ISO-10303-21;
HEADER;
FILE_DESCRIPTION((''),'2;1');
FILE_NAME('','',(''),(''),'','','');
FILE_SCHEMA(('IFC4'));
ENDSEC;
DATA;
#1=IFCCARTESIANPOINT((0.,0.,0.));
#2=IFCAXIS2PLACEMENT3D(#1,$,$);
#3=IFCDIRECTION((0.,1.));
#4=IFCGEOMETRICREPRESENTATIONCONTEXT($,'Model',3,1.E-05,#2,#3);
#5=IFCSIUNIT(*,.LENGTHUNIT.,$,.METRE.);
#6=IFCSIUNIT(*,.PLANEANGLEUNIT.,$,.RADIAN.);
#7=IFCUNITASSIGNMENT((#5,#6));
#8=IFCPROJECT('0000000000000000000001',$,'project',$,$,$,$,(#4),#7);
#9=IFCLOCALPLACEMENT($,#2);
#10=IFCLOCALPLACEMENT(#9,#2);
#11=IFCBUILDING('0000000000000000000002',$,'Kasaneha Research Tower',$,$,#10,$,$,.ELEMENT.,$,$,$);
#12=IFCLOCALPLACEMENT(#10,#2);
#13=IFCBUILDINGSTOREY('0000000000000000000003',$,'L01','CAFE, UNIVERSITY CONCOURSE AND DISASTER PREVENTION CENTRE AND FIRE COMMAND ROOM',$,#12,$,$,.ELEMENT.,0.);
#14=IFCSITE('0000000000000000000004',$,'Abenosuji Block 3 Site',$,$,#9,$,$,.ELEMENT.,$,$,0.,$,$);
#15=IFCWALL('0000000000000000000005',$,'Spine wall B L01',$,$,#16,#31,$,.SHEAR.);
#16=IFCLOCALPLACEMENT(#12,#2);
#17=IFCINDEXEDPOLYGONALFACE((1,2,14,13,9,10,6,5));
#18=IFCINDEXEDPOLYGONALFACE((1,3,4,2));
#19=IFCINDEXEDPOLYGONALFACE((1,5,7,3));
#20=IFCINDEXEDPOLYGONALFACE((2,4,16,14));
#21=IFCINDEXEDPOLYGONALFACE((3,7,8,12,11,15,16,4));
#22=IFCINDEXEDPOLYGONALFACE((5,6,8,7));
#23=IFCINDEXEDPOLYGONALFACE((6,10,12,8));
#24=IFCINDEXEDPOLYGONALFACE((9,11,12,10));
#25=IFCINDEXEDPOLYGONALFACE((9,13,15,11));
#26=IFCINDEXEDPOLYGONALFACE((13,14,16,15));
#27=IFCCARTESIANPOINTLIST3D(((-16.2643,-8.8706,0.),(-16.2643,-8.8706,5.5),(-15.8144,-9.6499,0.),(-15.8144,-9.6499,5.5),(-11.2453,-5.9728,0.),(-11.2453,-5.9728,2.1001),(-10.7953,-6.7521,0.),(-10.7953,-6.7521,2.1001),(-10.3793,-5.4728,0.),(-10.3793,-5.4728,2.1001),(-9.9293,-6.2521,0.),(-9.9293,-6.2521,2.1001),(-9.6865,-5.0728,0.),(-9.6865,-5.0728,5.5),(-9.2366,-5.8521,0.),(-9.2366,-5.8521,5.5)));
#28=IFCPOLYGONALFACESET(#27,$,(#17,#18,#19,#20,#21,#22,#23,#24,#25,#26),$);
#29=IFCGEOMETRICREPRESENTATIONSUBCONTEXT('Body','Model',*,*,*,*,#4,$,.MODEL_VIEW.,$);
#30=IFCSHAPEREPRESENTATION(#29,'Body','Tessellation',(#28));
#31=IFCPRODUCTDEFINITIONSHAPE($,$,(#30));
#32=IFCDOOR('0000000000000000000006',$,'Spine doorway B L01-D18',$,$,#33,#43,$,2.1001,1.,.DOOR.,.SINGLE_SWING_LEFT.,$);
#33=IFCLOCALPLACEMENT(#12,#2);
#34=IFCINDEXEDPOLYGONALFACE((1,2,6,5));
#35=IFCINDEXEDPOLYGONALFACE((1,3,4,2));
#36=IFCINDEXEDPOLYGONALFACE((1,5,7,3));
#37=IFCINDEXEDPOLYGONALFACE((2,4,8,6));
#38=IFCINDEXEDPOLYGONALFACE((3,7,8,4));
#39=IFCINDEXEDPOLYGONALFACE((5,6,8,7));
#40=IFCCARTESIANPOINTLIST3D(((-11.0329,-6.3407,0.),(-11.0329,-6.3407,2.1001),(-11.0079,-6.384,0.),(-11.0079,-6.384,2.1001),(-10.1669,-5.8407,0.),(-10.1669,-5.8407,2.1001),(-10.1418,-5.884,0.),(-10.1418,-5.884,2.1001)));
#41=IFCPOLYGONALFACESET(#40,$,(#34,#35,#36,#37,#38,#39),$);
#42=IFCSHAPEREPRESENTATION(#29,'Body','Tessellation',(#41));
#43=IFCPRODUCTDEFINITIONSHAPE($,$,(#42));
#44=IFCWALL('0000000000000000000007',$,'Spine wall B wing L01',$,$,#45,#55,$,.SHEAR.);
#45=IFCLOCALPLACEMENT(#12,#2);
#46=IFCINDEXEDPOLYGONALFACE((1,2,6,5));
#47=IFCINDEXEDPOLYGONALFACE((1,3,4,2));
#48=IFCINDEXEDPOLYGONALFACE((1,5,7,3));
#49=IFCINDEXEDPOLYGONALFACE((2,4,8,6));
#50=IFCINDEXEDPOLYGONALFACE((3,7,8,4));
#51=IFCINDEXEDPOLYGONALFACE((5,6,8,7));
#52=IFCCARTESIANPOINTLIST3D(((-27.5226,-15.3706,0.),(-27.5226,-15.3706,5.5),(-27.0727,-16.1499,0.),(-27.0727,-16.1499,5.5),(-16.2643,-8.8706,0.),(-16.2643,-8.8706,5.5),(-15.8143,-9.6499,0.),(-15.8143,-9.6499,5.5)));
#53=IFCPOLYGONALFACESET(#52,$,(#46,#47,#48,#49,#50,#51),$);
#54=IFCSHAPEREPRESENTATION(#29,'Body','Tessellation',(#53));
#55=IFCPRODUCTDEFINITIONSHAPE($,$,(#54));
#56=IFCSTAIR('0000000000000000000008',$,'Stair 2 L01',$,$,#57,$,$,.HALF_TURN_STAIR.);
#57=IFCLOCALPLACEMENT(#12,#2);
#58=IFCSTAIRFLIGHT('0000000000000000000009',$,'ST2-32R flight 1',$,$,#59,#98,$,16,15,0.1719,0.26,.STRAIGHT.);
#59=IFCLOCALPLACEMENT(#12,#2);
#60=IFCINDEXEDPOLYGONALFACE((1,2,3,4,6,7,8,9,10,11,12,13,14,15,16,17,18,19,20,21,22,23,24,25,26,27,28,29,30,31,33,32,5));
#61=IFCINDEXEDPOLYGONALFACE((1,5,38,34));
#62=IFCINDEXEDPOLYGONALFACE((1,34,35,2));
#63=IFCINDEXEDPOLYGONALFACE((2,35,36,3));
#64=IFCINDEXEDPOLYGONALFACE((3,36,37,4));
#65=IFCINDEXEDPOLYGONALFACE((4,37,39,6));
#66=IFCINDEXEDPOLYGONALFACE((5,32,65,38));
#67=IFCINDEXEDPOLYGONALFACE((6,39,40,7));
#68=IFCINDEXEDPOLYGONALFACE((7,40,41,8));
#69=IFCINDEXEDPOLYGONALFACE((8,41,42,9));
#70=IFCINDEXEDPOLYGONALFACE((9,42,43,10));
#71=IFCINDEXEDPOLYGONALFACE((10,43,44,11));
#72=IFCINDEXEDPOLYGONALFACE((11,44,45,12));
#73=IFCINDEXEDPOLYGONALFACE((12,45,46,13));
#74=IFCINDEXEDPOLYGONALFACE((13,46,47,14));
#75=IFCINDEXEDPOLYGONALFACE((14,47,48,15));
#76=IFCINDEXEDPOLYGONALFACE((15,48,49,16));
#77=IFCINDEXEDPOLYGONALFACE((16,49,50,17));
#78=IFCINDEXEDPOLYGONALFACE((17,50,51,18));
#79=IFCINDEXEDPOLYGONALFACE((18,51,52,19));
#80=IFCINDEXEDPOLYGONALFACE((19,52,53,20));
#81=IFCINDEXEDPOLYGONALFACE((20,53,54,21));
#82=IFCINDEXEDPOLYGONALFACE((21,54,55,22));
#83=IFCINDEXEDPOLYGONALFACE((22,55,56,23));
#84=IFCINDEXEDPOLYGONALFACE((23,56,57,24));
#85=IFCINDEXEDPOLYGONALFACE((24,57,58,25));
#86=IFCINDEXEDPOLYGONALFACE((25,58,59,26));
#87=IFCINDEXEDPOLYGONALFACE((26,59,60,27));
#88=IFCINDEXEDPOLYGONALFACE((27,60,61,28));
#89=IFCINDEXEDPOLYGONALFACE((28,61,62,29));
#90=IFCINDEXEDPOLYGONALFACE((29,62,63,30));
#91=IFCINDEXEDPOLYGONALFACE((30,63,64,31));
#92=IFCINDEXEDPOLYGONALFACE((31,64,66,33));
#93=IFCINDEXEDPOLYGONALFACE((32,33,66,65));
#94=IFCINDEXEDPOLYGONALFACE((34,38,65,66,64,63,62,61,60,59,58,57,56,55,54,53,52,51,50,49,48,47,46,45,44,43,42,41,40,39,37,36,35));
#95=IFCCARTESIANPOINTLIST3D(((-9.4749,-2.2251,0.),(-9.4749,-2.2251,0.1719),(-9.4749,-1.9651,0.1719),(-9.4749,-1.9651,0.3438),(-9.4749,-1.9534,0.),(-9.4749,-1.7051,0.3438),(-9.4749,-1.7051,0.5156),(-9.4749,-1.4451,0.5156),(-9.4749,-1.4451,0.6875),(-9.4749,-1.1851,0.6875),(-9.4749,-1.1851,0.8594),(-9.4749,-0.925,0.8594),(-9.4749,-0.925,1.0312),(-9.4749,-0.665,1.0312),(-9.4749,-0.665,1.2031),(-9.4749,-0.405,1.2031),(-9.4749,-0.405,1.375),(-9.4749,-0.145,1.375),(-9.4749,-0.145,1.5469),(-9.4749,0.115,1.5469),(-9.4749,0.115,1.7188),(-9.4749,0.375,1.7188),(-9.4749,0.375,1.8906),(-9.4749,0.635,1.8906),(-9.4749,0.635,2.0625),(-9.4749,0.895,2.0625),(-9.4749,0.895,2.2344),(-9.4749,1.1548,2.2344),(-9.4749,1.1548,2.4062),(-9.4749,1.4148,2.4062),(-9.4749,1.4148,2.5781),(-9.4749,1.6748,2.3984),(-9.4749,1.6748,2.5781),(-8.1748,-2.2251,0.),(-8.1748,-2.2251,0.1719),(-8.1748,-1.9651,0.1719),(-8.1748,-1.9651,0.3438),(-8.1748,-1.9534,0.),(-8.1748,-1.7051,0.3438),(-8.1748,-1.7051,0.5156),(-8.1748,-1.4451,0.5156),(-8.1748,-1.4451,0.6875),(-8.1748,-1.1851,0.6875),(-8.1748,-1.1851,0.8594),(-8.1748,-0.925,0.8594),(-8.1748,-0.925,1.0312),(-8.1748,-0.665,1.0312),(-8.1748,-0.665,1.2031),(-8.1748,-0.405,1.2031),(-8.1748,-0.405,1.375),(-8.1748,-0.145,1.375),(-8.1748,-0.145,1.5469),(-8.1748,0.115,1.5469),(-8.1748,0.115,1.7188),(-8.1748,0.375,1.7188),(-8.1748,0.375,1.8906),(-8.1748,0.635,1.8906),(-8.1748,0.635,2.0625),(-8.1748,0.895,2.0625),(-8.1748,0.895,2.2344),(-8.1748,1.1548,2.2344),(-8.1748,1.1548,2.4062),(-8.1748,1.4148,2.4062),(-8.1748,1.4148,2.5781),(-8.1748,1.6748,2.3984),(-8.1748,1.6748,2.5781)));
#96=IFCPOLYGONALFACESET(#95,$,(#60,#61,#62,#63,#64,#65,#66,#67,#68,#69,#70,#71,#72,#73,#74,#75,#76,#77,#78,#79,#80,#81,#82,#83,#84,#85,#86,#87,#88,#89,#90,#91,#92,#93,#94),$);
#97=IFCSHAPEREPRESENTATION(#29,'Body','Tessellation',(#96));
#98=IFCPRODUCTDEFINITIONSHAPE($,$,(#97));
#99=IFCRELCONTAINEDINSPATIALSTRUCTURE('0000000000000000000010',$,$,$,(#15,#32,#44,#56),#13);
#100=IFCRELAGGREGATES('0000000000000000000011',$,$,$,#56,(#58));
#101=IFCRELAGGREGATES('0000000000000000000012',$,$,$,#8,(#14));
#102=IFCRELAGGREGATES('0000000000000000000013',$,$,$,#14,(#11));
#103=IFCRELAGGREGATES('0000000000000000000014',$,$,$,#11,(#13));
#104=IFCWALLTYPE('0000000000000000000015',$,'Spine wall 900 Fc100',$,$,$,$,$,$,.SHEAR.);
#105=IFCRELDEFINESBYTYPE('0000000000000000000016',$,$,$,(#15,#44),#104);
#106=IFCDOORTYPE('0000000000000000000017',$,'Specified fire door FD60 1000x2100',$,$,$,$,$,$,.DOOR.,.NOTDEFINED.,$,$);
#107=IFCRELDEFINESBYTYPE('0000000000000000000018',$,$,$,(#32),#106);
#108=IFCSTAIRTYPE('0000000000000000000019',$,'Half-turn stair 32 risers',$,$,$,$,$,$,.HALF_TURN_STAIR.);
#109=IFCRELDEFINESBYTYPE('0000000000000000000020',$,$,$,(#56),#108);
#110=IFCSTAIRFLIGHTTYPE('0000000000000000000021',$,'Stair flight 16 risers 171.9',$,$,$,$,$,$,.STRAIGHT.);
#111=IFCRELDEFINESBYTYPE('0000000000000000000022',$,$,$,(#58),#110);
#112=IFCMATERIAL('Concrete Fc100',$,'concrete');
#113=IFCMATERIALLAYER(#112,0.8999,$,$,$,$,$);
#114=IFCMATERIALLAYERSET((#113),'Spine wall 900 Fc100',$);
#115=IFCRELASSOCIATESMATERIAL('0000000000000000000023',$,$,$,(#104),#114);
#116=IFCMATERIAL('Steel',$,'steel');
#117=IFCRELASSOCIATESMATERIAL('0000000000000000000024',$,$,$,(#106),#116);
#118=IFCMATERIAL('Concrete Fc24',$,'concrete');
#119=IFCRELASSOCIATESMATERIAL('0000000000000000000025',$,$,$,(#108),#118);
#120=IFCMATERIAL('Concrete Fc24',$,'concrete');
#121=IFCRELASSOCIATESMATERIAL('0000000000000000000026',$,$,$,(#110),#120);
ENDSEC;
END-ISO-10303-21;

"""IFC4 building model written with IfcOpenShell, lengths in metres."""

from ifc_helpers import new_model, si_unit, direction, frame, frame_2d, origin, place, context, subcontext, project, spatial, polyline, rectangle, outline, extrude, material, layer, layer_set, type_object, element, fill, aggregate, save


model = new_model("IFC4")

# Units and contexts
model_context = context("Model", 3, precision=1e-05, world=origin(), true_north=direction((0.0, 1.0)))
body_context = subcontext(model_context, "Body", "Model", "MODEL_VIEW")
ifc_project = project(units=[si_unit("LENGTHUNIT", "METRE"), si_unit("PLANEANGLEUNIT", "RADIAN")], contexts=[model_context])

# Site, building, storey
site_placement = place(None, origin())
site = spatial("IfcSite", under=ifc_project, at=site_placement, Name="Abenosuji Block 3 Site", CompositionType="ELEMENT", RefElevation=0.0)
building_placement = place(site_placement, origin())
building = spatial("IfcBuilding", under=site, at=building_placement, Name="Kasaneha Research Tower", CompositionType="ELEMENT")
storey_placement = place(building_placement, origin())
storey = spatial("IfcBuildingStorey", under=building, at=storey_placement, Name="L01", Description="CAFE, UNIVERSITY CONCOURSE AND DISASTER PREVENTION CENTRE AND FIRE COMMAND ROOM", CompositionType="ELEMENT", Elevation=0.0)

# Wall, opening, door
ifc_material_1 = material(Name="Concrete Fc100", Category="concrete")
ifc_layer_1 = layer(ifc_material_1, 0.8999)
ifc_layer_set_1 = layer_set([ifc_layer_1], Name="Spine wall 900 Fc100")
wall_type_1 = type_object("IfcWallType", Name="Spine wall 900 Fc100", PredefinedType="SHEAR", material=ifc_layer_set_1)
wall_1_placement = place(storey_placement, frame((-9.4614, -5.4624, 0.0), z_axis=(0.0, 0.0, 1.0), x_axis=(-0.866019, -0.500011, 0.0)))
wall_1 = element("IfcWall", 1, at=wall_1_placement, inside=storey, type_object=wall_type_1, Name="Spine wall B L01", PredefinedType="SHEAR", context=body_context, shape_type="SweptSolid", body=[
    extrude(rectangle(XDim=7.5955, YDim=0.8999, at=frame_2d((3.7979, 0.0))), origin(), (0.0, 0.0, 1.0), 5.5),
])
opening_1_placement = place(wall_1_placement, frame((0.8, 0.0, 0.0)))
opening_1 = element("IfcOpeningElement", 2, at=opening_1_placement, cuts=wall_1, PredefinedType="OPENING", context=body_context, shape_type="SweptSolid", body=[
    extrude(rectangle(XDim=1.0, YDim=2.1001, at=frame_2d((0.5, 1.05))), frame((0.0, 0.46, 0.0), z_axis=(0.0, -1.0, 0.0), x_axis=(1.0, 0.0, 0.0)), (0.0, 0.0, 1.0), 0.9199),
])
ifc_material_2 = material(Name="Steel", Category="steel")
door_type_1 = type_object("IfcDoorType", Name="Specified fire door FD60 1000x2100", OperationType="NOTDEFINED", PredefinedType="DOOR", material=ifc_material_2)
door_1_placement = place(opening_1_placement, origin())
door_1 = element("IfcDoor", 3, at=door_1_placement, inside=storey, type_object=door_type_1, Name="Spine doorway B L01-D18", OperationType="SINGLE_SWING_LEFT", OverallHeight=2.1001, OverallWidth=1.0, PredefinedType="DOOR", context=body_context, shape_type="SweptSolid", body=[
    extrude(rectangle(XDim=1.0, YDim=2.1001, at=frame_2d((0.5, 1.05))), frame((0.0, 0.0249, 0.0), z_axis=(0.0, -1.0, 0.0), x_axis=(1.0, 0.0, 0.0)), (0.0, 0.0, 1.0), 0.05),
])
fill(opening_1, door_1)

# Wall
wall_2_placement = place(storey_placement, frame((-16.0393, -9.2603, 0.0), z_axis=(0.0, 0.0, 1.0), x_axis=(-0.866025, -0.500001, 0.0)))
element("IfcWall", 4, at=wall_2_placement, inside=storey, type_object=wall_type_1, Name="Spine wall B wing L01", PredefinedType="SHEAR", context=body_context, shape_type="SweptSolid", body=[
    extrude(rectangle(XDim=13.0, YDim=0.8999, at=frame_2d((6.5, 0.0))), origin(), (0.0, 0.0, 1.0), 5.5),
])

# Stair, stair flight
ifc_material_3 = material(Name="Concrete Fc24", Category="concrete")
stair_type = type_object("IfcStairType", Name="Half-turn stair 32 risers", PredefinedType="HALF_TURN_STAIR", material=ifc_material_3)
stair_placement = place(storey_placement, origin())
stair = element("IfcStair", 5, at=stair_placement, inside=storey, type_object=stair_type, Name="Stair 2 L01", PredefinedType="HALF_TURN_STAIR")
ifc_material_4 = material(Name="Concrete Fc24", Category="concrete")
stair_flight_type = type_object("IfcStairFlightType", Name="Stair flight 16 risers 171.9", PredefinedType="STRAIGHT", material=ifc_material_4)
stair_flight_placement = place(storey_placement, frame((-8.825, -2.2251, 0.0), z_axis=(0.0, 0.0, 1.0), x_axis=(0.0, 1.0, 0.0)))
stair_flight = element("IfcStairFlight", 6, at=stair_flight_placement, type_object=stair_flight_type, Name="ST2-32R flight 1", NumberOfRisers=16, NumberOfTreads=15, PredefinedType="STRAIGHT", RiserHeight=0.1719, TreadLength=0.26, context=body_context, shape_type="SweptSolid", body=[
    extrude(outline(polyline([(0.0, 0.0), (0.0, 0.1719), (0.26, 0.1719), (0.26, 0.3438), (0.52, 0.3438), (0.52, 0.5156), (0.78, 0.5156), (0.78, 0.6875), (1.04, 0.6875), (1.04, 0.8594), (1.3, 0.8594), (1.3, 1.0312), (1.5601, 1.0312), (1.5601, 1.2031), (1.8201, 1.2031), (1.8201, 1.375), (2.0801, 1.375), (2.0801, 1.5469), (2.3401, 1.5469), (2.3401, 1.7188), (2.6001, 1.7188), (2.6001, 1.8906), (2.8601, 1.8906), (2.8601, 2.0625), (3.1201, 2.0625), (3.1201, 2.2344), (3.3799, 2.2344), (3.3799, 2.4062), (3.6399, 2.4062), (3.6399, 2.5781), (3.8999, 2.5781), (3.8999, 2.75), (3.8999, 2.3984), (0.2717, 0.0), (0.0, 0.0)])), frame((0.0, 0.6499, 0.0), z_axis=(0.0, -1.0, 0.0), x_axis=(1.0, 0.0, 0.0)), (0.0, 0.0, 1.0), 1.3),
])
aggregate(stair, [stair_flight])

save(model, "model.ifc")
